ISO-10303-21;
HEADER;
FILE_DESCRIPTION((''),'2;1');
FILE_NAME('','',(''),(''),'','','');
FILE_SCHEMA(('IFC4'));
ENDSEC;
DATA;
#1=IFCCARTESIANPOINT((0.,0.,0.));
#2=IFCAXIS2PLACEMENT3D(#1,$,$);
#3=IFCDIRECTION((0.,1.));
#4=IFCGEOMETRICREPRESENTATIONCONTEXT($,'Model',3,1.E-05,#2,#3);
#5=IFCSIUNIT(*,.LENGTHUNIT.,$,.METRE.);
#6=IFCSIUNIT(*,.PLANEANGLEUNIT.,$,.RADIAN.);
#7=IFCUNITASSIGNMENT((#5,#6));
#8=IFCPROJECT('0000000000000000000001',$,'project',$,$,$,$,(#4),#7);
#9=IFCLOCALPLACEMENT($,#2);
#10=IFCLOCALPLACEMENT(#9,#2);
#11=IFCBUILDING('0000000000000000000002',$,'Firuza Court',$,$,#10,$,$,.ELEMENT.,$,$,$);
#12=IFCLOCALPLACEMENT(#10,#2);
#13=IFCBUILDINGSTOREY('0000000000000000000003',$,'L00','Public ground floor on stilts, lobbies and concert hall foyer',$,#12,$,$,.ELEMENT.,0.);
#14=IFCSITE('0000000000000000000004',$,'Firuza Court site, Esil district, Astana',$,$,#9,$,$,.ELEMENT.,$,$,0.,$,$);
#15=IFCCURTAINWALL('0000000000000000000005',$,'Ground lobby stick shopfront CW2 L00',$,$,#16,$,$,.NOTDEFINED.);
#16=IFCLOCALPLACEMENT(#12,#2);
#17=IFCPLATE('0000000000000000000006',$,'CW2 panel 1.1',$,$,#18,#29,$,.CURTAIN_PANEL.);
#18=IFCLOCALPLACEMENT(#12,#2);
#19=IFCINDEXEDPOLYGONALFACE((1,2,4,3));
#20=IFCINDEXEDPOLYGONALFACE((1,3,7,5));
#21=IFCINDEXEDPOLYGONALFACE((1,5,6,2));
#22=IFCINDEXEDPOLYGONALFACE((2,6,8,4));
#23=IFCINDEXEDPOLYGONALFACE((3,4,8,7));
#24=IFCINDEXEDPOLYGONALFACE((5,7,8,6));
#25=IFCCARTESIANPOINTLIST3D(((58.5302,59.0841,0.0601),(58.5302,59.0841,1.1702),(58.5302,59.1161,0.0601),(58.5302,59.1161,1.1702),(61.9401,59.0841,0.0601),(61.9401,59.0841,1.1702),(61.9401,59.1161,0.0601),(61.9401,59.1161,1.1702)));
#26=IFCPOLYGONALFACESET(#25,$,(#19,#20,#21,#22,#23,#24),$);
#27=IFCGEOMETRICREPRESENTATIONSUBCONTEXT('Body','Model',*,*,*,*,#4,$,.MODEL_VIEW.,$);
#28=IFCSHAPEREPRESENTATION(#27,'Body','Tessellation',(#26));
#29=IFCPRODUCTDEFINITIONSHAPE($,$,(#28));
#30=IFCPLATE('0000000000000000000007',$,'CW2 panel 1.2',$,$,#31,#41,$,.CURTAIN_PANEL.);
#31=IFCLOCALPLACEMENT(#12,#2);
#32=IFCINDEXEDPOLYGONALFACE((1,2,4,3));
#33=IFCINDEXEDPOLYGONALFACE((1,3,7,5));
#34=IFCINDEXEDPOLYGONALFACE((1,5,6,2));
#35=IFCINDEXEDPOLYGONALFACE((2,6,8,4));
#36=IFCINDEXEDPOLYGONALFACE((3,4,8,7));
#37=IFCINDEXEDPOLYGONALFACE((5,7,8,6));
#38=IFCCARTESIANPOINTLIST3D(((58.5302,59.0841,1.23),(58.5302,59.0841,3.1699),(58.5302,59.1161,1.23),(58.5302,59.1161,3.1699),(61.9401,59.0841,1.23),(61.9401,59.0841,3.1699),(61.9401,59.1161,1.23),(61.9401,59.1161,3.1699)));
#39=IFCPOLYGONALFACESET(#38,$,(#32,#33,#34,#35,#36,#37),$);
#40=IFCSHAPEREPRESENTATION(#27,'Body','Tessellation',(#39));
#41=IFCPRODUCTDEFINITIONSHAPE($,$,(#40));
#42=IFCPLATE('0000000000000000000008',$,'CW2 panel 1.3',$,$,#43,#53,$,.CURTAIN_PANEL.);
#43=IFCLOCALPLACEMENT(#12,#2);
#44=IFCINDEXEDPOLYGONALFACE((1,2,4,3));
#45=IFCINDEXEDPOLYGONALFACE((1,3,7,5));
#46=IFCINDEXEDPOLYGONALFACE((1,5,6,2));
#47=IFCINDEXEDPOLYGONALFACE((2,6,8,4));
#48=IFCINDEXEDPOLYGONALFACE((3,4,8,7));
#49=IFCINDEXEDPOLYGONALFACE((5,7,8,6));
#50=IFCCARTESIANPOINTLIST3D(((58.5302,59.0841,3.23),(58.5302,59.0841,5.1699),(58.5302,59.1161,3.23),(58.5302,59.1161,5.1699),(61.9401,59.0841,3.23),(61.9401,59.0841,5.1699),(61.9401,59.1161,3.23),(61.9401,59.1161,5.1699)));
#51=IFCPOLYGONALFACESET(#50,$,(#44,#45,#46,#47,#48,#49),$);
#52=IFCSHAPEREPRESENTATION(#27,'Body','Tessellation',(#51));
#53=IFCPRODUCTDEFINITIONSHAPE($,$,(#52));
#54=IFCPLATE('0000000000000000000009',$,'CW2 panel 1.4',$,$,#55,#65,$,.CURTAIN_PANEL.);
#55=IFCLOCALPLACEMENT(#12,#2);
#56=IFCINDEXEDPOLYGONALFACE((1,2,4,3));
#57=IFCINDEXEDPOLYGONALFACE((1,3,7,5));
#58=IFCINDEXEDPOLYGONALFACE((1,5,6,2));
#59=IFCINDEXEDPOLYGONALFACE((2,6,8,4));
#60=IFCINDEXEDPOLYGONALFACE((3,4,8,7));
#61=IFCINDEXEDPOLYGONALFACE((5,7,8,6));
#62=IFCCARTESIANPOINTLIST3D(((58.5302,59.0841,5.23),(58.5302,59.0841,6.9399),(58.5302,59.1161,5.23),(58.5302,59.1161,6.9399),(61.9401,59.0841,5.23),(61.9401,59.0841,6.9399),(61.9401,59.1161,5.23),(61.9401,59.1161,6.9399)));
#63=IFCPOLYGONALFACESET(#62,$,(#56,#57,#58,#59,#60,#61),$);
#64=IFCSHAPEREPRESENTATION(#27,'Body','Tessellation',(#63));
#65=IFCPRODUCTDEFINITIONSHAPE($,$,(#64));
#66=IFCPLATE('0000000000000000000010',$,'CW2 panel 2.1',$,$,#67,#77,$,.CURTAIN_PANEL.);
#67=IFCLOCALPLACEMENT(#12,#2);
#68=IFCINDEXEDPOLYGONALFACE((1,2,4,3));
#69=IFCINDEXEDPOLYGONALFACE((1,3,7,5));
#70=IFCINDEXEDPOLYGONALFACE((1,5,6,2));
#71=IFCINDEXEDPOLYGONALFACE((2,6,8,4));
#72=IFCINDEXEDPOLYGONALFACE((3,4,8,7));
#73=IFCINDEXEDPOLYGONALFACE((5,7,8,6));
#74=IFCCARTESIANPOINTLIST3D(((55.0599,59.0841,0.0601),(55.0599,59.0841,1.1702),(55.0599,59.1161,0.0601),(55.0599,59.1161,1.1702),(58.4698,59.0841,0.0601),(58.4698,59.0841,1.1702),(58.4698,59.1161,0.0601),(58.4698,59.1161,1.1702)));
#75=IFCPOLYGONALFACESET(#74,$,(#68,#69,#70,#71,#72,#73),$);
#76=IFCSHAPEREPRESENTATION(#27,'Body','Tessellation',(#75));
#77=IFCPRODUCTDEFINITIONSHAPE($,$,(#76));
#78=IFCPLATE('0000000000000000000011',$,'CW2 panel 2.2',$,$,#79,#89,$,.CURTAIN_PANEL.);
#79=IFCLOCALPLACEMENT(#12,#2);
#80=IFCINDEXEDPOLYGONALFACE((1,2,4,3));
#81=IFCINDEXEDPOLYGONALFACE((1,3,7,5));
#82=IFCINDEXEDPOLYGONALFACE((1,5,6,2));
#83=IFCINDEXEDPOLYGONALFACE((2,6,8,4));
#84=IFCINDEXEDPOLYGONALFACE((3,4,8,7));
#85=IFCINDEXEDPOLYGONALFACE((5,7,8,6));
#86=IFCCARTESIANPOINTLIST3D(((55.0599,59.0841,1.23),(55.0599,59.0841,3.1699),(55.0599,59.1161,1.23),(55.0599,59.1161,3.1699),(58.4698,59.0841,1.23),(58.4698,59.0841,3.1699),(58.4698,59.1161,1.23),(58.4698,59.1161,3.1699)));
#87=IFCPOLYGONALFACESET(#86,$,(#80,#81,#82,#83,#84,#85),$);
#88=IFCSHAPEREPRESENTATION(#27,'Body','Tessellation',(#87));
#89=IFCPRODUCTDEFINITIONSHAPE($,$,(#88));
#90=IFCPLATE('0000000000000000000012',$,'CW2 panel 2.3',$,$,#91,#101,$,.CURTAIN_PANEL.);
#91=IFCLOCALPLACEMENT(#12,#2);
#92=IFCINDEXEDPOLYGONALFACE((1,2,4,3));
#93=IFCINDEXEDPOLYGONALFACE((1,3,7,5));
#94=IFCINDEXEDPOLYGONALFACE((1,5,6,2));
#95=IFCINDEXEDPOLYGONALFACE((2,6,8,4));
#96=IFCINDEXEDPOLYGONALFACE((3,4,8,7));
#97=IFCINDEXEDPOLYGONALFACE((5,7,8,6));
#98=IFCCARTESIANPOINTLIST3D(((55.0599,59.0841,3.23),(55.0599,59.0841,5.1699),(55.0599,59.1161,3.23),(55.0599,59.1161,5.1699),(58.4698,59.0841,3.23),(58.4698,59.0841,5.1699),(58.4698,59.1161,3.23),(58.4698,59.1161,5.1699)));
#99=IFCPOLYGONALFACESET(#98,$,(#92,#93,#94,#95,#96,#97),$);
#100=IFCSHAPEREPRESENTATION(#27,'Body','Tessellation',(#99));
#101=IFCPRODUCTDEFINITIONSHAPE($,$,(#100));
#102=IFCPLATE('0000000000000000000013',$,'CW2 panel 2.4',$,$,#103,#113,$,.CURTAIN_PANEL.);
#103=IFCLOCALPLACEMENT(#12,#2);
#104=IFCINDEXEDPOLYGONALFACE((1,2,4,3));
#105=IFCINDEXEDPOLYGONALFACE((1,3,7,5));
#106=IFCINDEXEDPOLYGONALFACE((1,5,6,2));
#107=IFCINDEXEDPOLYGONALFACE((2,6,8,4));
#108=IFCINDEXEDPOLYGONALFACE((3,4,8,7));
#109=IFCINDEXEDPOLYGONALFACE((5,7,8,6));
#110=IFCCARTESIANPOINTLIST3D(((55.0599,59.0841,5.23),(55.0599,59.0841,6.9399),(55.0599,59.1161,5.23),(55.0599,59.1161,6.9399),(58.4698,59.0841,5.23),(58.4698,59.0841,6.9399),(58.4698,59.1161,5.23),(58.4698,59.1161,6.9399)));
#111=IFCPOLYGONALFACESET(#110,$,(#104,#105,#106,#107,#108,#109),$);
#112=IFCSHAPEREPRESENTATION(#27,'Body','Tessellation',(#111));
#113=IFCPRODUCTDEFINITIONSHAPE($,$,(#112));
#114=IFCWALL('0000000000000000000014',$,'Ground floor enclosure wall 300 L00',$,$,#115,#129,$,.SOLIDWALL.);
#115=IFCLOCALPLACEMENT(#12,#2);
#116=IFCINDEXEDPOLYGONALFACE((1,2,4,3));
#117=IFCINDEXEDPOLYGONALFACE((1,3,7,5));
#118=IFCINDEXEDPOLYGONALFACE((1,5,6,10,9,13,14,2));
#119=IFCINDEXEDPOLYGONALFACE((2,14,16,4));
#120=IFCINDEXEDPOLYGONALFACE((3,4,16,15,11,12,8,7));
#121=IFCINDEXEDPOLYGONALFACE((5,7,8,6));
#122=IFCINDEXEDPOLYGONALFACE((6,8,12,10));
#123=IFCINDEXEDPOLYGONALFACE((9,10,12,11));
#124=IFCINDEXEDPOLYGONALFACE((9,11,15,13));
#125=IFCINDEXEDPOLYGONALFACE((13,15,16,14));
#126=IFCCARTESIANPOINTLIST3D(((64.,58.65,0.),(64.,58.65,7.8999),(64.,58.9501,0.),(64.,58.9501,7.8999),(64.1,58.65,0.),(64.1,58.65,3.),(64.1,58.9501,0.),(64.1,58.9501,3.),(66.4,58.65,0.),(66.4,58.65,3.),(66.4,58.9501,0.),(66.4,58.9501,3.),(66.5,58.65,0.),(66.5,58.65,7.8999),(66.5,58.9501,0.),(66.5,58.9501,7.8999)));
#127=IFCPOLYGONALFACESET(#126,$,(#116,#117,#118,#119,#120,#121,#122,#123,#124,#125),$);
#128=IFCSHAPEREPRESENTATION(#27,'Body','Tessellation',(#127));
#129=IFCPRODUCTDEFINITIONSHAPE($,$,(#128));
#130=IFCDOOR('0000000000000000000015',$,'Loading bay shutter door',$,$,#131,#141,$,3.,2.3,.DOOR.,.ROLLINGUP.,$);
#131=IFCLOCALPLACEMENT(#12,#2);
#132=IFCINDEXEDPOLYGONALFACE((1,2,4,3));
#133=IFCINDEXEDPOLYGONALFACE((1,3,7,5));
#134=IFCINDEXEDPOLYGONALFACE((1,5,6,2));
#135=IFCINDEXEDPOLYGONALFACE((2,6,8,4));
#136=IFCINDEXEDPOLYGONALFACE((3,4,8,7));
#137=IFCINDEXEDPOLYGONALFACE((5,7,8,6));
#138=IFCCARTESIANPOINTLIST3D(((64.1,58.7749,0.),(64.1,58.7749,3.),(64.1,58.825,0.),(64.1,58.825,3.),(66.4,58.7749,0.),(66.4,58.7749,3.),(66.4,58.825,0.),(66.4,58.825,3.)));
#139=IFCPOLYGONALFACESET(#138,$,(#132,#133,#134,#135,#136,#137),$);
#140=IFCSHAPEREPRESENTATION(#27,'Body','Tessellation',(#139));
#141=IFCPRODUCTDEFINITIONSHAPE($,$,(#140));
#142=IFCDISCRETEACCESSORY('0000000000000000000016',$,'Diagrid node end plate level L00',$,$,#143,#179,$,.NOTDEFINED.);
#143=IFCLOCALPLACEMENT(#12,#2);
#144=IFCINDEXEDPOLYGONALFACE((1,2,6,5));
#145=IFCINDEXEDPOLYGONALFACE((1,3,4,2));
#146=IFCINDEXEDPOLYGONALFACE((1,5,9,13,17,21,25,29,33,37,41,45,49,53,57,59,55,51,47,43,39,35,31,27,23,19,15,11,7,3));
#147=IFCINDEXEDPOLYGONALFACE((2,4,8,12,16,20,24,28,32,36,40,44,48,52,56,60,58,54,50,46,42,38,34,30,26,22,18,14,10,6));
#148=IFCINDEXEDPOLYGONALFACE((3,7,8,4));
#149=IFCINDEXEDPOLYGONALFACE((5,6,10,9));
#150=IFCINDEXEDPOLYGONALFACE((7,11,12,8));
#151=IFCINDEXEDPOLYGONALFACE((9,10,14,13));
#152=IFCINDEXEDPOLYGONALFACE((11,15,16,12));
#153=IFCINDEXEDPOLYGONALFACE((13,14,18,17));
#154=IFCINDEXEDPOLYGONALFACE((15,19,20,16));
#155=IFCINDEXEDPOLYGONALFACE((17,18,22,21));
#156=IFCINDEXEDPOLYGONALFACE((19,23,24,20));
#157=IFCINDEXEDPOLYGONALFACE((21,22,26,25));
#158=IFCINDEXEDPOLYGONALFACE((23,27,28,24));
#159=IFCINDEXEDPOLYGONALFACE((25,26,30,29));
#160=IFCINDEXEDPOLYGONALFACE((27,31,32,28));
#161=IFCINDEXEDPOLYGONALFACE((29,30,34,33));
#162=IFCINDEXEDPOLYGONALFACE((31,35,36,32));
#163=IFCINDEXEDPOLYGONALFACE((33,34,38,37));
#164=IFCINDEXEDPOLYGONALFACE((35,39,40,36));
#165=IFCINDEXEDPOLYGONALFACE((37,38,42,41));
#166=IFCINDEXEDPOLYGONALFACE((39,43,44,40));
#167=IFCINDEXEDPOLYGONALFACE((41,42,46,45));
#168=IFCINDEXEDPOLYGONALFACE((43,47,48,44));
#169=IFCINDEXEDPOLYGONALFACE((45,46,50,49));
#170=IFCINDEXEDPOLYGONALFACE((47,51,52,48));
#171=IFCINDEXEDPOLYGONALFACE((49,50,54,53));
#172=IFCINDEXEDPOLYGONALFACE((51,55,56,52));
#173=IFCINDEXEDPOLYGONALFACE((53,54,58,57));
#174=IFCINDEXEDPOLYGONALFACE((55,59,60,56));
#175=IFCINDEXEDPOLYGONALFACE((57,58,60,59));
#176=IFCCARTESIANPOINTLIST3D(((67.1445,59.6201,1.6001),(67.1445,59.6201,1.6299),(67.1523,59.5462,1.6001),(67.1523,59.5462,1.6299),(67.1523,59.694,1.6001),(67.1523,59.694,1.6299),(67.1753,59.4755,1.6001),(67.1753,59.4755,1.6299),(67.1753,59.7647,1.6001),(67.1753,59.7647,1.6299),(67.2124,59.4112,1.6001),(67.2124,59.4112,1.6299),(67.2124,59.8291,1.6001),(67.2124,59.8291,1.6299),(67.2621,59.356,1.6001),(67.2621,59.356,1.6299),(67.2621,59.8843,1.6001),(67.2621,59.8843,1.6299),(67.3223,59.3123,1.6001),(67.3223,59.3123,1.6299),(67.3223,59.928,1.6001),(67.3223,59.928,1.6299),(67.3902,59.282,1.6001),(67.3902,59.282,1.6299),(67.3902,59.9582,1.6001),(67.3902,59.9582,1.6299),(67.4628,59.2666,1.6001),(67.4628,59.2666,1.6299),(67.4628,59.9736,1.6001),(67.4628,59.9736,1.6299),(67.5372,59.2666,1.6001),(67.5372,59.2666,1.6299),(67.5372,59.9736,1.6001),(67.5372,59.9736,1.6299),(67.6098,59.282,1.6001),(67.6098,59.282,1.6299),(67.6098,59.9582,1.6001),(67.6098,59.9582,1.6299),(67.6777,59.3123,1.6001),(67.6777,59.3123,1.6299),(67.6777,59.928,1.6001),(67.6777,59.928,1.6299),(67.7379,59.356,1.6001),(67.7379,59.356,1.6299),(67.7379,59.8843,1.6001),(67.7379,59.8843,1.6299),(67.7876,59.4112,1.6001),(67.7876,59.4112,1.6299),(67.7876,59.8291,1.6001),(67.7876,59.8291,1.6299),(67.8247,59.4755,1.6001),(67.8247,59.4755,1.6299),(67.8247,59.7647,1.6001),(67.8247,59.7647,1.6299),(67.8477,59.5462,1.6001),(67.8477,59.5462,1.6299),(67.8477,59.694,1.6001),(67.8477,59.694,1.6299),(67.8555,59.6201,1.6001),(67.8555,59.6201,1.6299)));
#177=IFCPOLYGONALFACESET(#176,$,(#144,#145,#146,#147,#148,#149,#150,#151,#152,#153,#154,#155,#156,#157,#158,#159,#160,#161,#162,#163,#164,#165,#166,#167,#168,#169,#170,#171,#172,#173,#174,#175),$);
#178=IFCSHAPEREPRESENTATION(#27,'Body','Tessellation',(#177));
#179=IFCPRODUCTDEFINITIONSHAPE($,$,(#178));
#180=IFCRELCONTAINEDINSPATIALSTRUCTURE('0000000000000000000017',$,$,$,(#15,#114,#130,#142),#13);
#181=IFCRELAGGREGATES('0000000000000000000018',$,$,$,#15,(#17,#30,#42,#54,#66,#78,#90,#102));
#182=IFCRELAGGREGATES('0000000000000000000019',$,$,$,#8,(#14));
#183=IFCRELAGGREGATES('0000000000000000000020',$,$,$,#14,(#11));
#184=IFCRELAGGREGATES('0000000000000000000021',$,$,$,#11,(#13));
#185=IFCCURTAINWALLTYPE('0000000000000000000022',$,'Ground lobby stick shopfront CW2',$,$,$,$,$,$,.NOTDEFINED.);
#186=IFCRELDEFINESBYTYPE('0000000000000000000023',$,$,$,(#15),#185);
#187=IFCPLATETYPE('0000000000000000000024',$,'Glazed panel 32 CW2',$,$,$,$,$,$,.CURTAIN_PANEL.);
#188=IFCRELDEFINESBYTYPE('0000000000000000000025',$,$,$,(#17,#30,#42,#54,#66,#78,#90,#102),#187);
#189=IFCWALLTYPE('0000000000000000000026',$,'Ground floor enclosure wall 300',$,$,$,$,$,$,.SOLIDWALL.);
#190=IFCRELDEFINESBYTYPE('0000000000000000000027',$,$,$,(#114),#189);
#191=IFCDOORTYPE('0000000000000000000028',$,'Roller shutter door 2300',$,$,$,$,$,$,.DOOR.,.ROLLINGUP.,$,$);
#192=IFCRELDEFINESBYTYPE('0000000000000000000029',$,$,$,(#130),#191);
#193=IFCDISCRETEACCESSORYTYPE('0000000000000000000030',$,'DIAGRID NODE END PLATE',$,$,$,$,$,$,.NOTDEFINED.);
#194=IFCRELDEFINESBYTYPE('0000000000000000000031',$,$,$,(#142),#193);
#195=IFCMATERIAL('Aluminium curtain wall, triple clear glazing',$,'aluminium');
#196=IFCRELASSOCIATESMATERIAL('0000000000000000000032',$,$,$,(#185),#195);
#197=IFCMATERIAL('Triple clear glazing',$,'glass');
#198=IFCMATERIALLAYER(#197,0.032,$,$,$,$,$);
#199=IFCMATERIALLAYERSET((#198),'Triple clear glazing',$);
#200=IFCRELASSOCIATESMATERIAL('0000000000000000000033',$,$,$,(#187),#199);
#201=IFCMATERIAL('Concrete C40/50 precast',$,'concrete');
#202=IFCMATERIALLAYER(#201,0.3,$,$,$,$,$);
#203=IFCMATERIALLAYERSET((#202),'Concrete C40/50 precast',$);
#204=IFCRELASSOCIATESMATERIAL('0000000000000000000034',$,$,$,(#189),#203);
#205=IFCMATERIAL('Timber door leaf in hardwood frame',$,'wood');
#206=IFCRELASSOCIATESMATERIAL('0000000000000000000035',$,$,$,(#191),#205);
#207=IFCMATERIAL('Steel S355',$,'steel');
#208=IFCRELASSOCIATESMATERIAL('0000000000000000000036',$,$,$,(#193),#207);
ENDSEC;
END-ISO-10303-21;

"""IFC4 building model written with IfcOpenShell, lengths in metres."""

from ifc_helpers import new_model, si_unit, direction, frame, frame_2d, origin, origin_2d, place, context, subcontext, project, spatial, rectangle, circle, extrude, material, layer, layer_set, material_profile, profile_set, type_object, element, fill, aggregate, save


model = new_model("IFC4")

# Units and contexts
model_context = context("Model", 3, precision=1e-05, world=origin(), true_north=direction((0.0, 1.0)))
body_context = subcontext(model_context, "Body", "Model", "MODEL_VIEW")
ifc_project = project(units=[si_unit("LENGTHUNIT", "METRE"), si_unit("PLANEANGLEUNIT", "RADIAN")], contexts=[model_context])

# Site, building, storey
site_placement = place(None, origin())
site = spatial("IfcSite", under=ifc_project, at=site_placement, Name="Firuza Court site, Esil district, Astana", CompositionType="ELEMENT", RefElevation=0.0)
building_placement = place(site_placement, origin())
building = spatial("IfcBuilding", under=site, at=building_placement, Name="Firuza Court", CompositionType="ELEMENT")
storey_placement = place(building_placement, origin())
storey = spatial("IfcBuildingStorey", under=building, at=storey_placement, Name="L00", Description="Public ground floor on stilts, lobbies and concert hall foyer", CompositionType="ELEMENT", Elevation=0.0)

# Curtain wall
ifc_material_1 = material(Name="Aluminium curtain wall, triple clear glazing", Category="aluminium")
curtain_wall_type = type_object("IfcCurtainWallType", Name="Ground lobby stick shopfront CW2", PredefinedType="NOTDEFINED", material=ifc_material_1)
curtain_wall_placement = place(storey_placement, origin())
curtain_wall = element("IfcCurtainWall", 1, at=curtain_wall_placement, inside=storey, type_object=curtain_wall_type, Name="Ground lobby stick shopfront CW2 L00", PredefinedType="NOTDEFINED")

# Plates
ifc_material_2 = material(Name="Triple clear glazing", Category="glass")
ifc_layer_1 = layer(ifc_material_2, 0.032)
ifc_layer_set_1 = layer_set([ifc_layer_1], Name="Triple clear glazing")
plate_type = type_object("IfcPlateType", Name="Glazed panel 32 CW2", PredefinedType="CURTAIN_PANEL", material=ifc_layer_set_1)
plate_1_placement = place(storey_placement, frame((60.2351, 59.1001, 0.0601), z_axis=(0.0, 0.0, 1.0), x_axis=(-1.0, 0.0, 0.0)))
plate_1 = element("IfcPlate", 2, at=plate_1_placement, type_object=plate_type, Name="CW2 panel 1.1", PredefinedType="CURTAIN_PANEL", context=body_context, shape_type="SweptSolid", body=[
    extrude(rectangle(XDim=3.4099, YDim=0.032, at=origin_2d()), origin(), (0.0, 0.0, 1.0), 1.1101),
])
plate_2_placement = place(storey_placement, frame((60.2351, 59.1001, 1.23), z_axis=(0.0, 0.0, 1.0), x_axis=(-1.0, 0.0, 0.0)))
plate_2 = element("IfcPlate", 3, at=plate_2_placement, type_object=plate_type, Name="CW2 panel 1.2", PredefinedType="CURTAIN_PANEL", context=body_context, shape_type="SweptSolid", body=[
    extrude(rectangle(XDim=3.4099, YDim=0.032, at=origin_2d()), origin(), (0.0, 0.0, 1.0), 1.9399),
])
plate_3_placement = place(storey_placement, frame((60.2351, 59.1001, 3.23), z_axis=(0.0, 0.0, 1.0), x_axis=(-1.0, 0.0, 0.0)))
plate_3 = element("IfcPlate", 4, at=plate_3_placement, type_object=plate_type, Name="CW2 panel 1.3", PredefinedType="CURTAIN_PANEL", context=body_context, shape_type="SweptSolid", body=[
    extrude(rectangle(XDim=3.4099, YDim=0.032, at=origin_2d()), origin(), (0.0, 0.0, 1.0), 1.9399),
])
plate_4_placement = place(storey_placement, frame((60.2351, 59.1001, 5.23), z_axis=(0.0, 0.0, 1.0), x_axis=(-1.0, 0.0, 0.0)))
plate_4 = element("IfcPlate", 5, at=plate_4_placement, type_object=plate_type, Name="CW2 panel 1.4", PredefinedType="CURTAIN_PANEL", context=body_context, shape_type="SweptSolid", body=[
    extrude(rectangle(XDim=3.4099, YDim=0.032, at=origin_2d()), origin(), (0.0, 0.0, 1.0), 1.71),
])
plate_5_placement = place(storey_placement, frame((56.7649, 59.1001, 0.0601), z_axis=(0.0, 0.0, 1.0), x_axis=(-1.0, 0.0, 0.0)))
plate_5 = element("IfcPlate", 6, at=plate_5_placement, type_object=plate_type, Name="CW2 panel 2.1", PredefinedType="CURTAIN_PANEL", context=body_context, shape_type="SweptSolid", body=[
    extrude(rectangle(XDim=3.4099, YDim=0.032, at=origin_2d()), origin(), (0.0, 0.0, 1.0), 1.1101),
])
plate_6_placement = place(storey_placement, frame((56.7649, 59.1001, 1.23), z_axis=(0.0, 0.0, 1.0), x_axis=(-1.0, 0.0, 0.0)))
plate_6 = element("IfcPlate", 7, at=plate_6_placement, type_object=plate_type, Name="CW2 panel 2.2", PredefinedType="CURTAIN_PANEL", context=body_context, shape_type="SweptSolid", body=[
    extrude(rectangle(XDim=3.4099, YDim=0.032, at=origin_2d()), origin(), (0.0, 0.0, 1.0), 1.9399),
])
plate_7_placement = place(storey_placement, frame((56.7649, 59.1001, 3.23), z_axis=(0.0, 0.0, 1.0), x_axis=(-1.0, 0.0, 0.0)))
plate_7 = element("IfcPlate", 8, at=plate_7_placement, type_object=plate_type, Name="CW2 panel 2.3", PredefinedType="CURTAIN_PANEL", context=body_context, shape_type="SweptSolid", body=[
    extrude(rectangle(XDim=3.4099, YDim=0.032, at=origin_2d()), origin(), (0.0, 0.0, 1.0), 1.9399),
])
plate_8_placement = place(storey_placement, frame((56.7649, 59.1001, 5.23), z_axis=(0.0, 0.0, 1.0), x_axis=(-1.0, 0.0, 0.0)))
plate_8 = element("IfcPlate", 9, at=plate_8_placement, type_object=plate_type, Name="CW2 panel 2.4", PredefinedType="CURTAIN_PANEL", context=body_context, shape_type="SweptSolid", body=[
    extrude(rectangle(XDim=3.4099, YDim=0.032, at=origin_2d()), origin(), (0.0, 0.0, 1.0), 1.71),
])
aggregate(curtain_wall, [plate_1, plate_2, plate_3, plate_4, plate_5, plate_6, plate_7, plate_8])

# Wall, opening, door
ifc_material_3 = material(Name="Concrete C40/50 precast", Category="concrete")
ifc_layer_2 = layer(ifc_material_3, 0.3)
ifc_layer_set_2 = layer_set([ifc_layer_2], Name="Concrete C40/50 precast")
wall_type = type_object("IfcWallType", Name="Ground floor enclosure wall 300", PredefinedType="SOLIDWALL", material=ifc_layer_set_2)
wall_placement = place(storey_placement, frame((64.0, 58.8, 0.0), z_axis=(0.0, 0.0, 1.0), x_axis=(1.0, 0.0, 0.0)))
wall = element("IfcWall", 10, at=wall_placement, inside=storey, type_object=wall_type, Name="Ground floor enclosure wall 300 L00", PredefinedType="SOLIDWALL", context=body_context, shape_type="SweptSolid", body=[
    extrude(rectangle(XDim=2.5, YDim=0.3, at=frame_2d((1.25, 0.0))), origin(), (0.0, 0.0, 1.0), 7.8999),
])
opening_placement = place(wall_placement, frame((0.1001, 0.0, 0.0)))
opening = element("IfcOpeningElement", 11, at=opening_placement, cuts=wall, PredefinedType="OPENING", context=body_context, shape_type="SweptSolid", body=[
    extrude(rectangle(XDim=2.3, YDim=3.0, at=frame_2d((1.1499, 1.5))), frame((0.0, 0.1621, 0.0), z_axis=(0.0, -1.0, 0.0), x_axis=(1.0, 0.0, 0.0)), (0.0, 0.0, 1.0), 0.324),
])
ifc_material_4 = material(Name="Timber door leaf in hardwood frame", Category="wood")
door_type = type_object("IfcDoorType", Name="Roller shutter door 2300", OperationType="ROLLINGUP", PredefinedType="DOOR", material=ifc_material_4)
door_placement = place(opening_placement, origin())
door = element("IfcDoor", 12, at=door_placement, inside=storey, type_object=door_type, Name="Loading bay shutter door", OperationType="ROLLINGUP", OverallHeight=3.0, OverallWidth=2.3, PredefinedType="DOOR", context=body_context, shape_type="SweptSolid", body=[
    extrude(rectangle(XDim=2.3, YDim=3.0, at=frame_2d((1.1499, 1.5))), frame((0.0, 0.0249, 0.0), z_axis=(0.0, -1.0, 0.0), x_axis=(1.0, 0.0, 0.0)), (0.0, 0.0, 1.0), 0.05),
])
fill(opening, door)

# Discrete accessory
ifc_material_5 = material(Name="Steel S355", Category="steel")
ifc_material_profile_1 = material_profile(ifc_material_5, circle(Radius=0.3555, at=origin_2d()), Name="PL D711")
ifc_profile_set_1 = profile_set([ifc_material_profile_1], Name="Steel S355")
discrete_accessory_type = type_object("IfcDiscreteAccessoryType", Name="DIAGRID NODE END PLATE", PredefinedType="NOTDEFINED", material=ifc_profile_set_1)
discrete_accessory_placement = place(storey_placement, frame((67.5, 59.6201, 1.6001), z_axis=(0.0, 0.0, 1.0), x_axis=(1.0, 0.0, 0.0)))
element("IfcDiscreteAccessory", 13, at=discrete_accessory_placement, inside=storey, type_object=discrete_accessory_type, Name="Diagrid node end plate level L00", PredefinedType="NOTDEFINED", context=body_context, shape_type="SweptSolid", body=[
    extrude(circle(Radius=0.3555, at=origin_2d()), origin(), (0.0, 0.0, 1.0), 0.0298),
])

save(model, "model.ifc")
